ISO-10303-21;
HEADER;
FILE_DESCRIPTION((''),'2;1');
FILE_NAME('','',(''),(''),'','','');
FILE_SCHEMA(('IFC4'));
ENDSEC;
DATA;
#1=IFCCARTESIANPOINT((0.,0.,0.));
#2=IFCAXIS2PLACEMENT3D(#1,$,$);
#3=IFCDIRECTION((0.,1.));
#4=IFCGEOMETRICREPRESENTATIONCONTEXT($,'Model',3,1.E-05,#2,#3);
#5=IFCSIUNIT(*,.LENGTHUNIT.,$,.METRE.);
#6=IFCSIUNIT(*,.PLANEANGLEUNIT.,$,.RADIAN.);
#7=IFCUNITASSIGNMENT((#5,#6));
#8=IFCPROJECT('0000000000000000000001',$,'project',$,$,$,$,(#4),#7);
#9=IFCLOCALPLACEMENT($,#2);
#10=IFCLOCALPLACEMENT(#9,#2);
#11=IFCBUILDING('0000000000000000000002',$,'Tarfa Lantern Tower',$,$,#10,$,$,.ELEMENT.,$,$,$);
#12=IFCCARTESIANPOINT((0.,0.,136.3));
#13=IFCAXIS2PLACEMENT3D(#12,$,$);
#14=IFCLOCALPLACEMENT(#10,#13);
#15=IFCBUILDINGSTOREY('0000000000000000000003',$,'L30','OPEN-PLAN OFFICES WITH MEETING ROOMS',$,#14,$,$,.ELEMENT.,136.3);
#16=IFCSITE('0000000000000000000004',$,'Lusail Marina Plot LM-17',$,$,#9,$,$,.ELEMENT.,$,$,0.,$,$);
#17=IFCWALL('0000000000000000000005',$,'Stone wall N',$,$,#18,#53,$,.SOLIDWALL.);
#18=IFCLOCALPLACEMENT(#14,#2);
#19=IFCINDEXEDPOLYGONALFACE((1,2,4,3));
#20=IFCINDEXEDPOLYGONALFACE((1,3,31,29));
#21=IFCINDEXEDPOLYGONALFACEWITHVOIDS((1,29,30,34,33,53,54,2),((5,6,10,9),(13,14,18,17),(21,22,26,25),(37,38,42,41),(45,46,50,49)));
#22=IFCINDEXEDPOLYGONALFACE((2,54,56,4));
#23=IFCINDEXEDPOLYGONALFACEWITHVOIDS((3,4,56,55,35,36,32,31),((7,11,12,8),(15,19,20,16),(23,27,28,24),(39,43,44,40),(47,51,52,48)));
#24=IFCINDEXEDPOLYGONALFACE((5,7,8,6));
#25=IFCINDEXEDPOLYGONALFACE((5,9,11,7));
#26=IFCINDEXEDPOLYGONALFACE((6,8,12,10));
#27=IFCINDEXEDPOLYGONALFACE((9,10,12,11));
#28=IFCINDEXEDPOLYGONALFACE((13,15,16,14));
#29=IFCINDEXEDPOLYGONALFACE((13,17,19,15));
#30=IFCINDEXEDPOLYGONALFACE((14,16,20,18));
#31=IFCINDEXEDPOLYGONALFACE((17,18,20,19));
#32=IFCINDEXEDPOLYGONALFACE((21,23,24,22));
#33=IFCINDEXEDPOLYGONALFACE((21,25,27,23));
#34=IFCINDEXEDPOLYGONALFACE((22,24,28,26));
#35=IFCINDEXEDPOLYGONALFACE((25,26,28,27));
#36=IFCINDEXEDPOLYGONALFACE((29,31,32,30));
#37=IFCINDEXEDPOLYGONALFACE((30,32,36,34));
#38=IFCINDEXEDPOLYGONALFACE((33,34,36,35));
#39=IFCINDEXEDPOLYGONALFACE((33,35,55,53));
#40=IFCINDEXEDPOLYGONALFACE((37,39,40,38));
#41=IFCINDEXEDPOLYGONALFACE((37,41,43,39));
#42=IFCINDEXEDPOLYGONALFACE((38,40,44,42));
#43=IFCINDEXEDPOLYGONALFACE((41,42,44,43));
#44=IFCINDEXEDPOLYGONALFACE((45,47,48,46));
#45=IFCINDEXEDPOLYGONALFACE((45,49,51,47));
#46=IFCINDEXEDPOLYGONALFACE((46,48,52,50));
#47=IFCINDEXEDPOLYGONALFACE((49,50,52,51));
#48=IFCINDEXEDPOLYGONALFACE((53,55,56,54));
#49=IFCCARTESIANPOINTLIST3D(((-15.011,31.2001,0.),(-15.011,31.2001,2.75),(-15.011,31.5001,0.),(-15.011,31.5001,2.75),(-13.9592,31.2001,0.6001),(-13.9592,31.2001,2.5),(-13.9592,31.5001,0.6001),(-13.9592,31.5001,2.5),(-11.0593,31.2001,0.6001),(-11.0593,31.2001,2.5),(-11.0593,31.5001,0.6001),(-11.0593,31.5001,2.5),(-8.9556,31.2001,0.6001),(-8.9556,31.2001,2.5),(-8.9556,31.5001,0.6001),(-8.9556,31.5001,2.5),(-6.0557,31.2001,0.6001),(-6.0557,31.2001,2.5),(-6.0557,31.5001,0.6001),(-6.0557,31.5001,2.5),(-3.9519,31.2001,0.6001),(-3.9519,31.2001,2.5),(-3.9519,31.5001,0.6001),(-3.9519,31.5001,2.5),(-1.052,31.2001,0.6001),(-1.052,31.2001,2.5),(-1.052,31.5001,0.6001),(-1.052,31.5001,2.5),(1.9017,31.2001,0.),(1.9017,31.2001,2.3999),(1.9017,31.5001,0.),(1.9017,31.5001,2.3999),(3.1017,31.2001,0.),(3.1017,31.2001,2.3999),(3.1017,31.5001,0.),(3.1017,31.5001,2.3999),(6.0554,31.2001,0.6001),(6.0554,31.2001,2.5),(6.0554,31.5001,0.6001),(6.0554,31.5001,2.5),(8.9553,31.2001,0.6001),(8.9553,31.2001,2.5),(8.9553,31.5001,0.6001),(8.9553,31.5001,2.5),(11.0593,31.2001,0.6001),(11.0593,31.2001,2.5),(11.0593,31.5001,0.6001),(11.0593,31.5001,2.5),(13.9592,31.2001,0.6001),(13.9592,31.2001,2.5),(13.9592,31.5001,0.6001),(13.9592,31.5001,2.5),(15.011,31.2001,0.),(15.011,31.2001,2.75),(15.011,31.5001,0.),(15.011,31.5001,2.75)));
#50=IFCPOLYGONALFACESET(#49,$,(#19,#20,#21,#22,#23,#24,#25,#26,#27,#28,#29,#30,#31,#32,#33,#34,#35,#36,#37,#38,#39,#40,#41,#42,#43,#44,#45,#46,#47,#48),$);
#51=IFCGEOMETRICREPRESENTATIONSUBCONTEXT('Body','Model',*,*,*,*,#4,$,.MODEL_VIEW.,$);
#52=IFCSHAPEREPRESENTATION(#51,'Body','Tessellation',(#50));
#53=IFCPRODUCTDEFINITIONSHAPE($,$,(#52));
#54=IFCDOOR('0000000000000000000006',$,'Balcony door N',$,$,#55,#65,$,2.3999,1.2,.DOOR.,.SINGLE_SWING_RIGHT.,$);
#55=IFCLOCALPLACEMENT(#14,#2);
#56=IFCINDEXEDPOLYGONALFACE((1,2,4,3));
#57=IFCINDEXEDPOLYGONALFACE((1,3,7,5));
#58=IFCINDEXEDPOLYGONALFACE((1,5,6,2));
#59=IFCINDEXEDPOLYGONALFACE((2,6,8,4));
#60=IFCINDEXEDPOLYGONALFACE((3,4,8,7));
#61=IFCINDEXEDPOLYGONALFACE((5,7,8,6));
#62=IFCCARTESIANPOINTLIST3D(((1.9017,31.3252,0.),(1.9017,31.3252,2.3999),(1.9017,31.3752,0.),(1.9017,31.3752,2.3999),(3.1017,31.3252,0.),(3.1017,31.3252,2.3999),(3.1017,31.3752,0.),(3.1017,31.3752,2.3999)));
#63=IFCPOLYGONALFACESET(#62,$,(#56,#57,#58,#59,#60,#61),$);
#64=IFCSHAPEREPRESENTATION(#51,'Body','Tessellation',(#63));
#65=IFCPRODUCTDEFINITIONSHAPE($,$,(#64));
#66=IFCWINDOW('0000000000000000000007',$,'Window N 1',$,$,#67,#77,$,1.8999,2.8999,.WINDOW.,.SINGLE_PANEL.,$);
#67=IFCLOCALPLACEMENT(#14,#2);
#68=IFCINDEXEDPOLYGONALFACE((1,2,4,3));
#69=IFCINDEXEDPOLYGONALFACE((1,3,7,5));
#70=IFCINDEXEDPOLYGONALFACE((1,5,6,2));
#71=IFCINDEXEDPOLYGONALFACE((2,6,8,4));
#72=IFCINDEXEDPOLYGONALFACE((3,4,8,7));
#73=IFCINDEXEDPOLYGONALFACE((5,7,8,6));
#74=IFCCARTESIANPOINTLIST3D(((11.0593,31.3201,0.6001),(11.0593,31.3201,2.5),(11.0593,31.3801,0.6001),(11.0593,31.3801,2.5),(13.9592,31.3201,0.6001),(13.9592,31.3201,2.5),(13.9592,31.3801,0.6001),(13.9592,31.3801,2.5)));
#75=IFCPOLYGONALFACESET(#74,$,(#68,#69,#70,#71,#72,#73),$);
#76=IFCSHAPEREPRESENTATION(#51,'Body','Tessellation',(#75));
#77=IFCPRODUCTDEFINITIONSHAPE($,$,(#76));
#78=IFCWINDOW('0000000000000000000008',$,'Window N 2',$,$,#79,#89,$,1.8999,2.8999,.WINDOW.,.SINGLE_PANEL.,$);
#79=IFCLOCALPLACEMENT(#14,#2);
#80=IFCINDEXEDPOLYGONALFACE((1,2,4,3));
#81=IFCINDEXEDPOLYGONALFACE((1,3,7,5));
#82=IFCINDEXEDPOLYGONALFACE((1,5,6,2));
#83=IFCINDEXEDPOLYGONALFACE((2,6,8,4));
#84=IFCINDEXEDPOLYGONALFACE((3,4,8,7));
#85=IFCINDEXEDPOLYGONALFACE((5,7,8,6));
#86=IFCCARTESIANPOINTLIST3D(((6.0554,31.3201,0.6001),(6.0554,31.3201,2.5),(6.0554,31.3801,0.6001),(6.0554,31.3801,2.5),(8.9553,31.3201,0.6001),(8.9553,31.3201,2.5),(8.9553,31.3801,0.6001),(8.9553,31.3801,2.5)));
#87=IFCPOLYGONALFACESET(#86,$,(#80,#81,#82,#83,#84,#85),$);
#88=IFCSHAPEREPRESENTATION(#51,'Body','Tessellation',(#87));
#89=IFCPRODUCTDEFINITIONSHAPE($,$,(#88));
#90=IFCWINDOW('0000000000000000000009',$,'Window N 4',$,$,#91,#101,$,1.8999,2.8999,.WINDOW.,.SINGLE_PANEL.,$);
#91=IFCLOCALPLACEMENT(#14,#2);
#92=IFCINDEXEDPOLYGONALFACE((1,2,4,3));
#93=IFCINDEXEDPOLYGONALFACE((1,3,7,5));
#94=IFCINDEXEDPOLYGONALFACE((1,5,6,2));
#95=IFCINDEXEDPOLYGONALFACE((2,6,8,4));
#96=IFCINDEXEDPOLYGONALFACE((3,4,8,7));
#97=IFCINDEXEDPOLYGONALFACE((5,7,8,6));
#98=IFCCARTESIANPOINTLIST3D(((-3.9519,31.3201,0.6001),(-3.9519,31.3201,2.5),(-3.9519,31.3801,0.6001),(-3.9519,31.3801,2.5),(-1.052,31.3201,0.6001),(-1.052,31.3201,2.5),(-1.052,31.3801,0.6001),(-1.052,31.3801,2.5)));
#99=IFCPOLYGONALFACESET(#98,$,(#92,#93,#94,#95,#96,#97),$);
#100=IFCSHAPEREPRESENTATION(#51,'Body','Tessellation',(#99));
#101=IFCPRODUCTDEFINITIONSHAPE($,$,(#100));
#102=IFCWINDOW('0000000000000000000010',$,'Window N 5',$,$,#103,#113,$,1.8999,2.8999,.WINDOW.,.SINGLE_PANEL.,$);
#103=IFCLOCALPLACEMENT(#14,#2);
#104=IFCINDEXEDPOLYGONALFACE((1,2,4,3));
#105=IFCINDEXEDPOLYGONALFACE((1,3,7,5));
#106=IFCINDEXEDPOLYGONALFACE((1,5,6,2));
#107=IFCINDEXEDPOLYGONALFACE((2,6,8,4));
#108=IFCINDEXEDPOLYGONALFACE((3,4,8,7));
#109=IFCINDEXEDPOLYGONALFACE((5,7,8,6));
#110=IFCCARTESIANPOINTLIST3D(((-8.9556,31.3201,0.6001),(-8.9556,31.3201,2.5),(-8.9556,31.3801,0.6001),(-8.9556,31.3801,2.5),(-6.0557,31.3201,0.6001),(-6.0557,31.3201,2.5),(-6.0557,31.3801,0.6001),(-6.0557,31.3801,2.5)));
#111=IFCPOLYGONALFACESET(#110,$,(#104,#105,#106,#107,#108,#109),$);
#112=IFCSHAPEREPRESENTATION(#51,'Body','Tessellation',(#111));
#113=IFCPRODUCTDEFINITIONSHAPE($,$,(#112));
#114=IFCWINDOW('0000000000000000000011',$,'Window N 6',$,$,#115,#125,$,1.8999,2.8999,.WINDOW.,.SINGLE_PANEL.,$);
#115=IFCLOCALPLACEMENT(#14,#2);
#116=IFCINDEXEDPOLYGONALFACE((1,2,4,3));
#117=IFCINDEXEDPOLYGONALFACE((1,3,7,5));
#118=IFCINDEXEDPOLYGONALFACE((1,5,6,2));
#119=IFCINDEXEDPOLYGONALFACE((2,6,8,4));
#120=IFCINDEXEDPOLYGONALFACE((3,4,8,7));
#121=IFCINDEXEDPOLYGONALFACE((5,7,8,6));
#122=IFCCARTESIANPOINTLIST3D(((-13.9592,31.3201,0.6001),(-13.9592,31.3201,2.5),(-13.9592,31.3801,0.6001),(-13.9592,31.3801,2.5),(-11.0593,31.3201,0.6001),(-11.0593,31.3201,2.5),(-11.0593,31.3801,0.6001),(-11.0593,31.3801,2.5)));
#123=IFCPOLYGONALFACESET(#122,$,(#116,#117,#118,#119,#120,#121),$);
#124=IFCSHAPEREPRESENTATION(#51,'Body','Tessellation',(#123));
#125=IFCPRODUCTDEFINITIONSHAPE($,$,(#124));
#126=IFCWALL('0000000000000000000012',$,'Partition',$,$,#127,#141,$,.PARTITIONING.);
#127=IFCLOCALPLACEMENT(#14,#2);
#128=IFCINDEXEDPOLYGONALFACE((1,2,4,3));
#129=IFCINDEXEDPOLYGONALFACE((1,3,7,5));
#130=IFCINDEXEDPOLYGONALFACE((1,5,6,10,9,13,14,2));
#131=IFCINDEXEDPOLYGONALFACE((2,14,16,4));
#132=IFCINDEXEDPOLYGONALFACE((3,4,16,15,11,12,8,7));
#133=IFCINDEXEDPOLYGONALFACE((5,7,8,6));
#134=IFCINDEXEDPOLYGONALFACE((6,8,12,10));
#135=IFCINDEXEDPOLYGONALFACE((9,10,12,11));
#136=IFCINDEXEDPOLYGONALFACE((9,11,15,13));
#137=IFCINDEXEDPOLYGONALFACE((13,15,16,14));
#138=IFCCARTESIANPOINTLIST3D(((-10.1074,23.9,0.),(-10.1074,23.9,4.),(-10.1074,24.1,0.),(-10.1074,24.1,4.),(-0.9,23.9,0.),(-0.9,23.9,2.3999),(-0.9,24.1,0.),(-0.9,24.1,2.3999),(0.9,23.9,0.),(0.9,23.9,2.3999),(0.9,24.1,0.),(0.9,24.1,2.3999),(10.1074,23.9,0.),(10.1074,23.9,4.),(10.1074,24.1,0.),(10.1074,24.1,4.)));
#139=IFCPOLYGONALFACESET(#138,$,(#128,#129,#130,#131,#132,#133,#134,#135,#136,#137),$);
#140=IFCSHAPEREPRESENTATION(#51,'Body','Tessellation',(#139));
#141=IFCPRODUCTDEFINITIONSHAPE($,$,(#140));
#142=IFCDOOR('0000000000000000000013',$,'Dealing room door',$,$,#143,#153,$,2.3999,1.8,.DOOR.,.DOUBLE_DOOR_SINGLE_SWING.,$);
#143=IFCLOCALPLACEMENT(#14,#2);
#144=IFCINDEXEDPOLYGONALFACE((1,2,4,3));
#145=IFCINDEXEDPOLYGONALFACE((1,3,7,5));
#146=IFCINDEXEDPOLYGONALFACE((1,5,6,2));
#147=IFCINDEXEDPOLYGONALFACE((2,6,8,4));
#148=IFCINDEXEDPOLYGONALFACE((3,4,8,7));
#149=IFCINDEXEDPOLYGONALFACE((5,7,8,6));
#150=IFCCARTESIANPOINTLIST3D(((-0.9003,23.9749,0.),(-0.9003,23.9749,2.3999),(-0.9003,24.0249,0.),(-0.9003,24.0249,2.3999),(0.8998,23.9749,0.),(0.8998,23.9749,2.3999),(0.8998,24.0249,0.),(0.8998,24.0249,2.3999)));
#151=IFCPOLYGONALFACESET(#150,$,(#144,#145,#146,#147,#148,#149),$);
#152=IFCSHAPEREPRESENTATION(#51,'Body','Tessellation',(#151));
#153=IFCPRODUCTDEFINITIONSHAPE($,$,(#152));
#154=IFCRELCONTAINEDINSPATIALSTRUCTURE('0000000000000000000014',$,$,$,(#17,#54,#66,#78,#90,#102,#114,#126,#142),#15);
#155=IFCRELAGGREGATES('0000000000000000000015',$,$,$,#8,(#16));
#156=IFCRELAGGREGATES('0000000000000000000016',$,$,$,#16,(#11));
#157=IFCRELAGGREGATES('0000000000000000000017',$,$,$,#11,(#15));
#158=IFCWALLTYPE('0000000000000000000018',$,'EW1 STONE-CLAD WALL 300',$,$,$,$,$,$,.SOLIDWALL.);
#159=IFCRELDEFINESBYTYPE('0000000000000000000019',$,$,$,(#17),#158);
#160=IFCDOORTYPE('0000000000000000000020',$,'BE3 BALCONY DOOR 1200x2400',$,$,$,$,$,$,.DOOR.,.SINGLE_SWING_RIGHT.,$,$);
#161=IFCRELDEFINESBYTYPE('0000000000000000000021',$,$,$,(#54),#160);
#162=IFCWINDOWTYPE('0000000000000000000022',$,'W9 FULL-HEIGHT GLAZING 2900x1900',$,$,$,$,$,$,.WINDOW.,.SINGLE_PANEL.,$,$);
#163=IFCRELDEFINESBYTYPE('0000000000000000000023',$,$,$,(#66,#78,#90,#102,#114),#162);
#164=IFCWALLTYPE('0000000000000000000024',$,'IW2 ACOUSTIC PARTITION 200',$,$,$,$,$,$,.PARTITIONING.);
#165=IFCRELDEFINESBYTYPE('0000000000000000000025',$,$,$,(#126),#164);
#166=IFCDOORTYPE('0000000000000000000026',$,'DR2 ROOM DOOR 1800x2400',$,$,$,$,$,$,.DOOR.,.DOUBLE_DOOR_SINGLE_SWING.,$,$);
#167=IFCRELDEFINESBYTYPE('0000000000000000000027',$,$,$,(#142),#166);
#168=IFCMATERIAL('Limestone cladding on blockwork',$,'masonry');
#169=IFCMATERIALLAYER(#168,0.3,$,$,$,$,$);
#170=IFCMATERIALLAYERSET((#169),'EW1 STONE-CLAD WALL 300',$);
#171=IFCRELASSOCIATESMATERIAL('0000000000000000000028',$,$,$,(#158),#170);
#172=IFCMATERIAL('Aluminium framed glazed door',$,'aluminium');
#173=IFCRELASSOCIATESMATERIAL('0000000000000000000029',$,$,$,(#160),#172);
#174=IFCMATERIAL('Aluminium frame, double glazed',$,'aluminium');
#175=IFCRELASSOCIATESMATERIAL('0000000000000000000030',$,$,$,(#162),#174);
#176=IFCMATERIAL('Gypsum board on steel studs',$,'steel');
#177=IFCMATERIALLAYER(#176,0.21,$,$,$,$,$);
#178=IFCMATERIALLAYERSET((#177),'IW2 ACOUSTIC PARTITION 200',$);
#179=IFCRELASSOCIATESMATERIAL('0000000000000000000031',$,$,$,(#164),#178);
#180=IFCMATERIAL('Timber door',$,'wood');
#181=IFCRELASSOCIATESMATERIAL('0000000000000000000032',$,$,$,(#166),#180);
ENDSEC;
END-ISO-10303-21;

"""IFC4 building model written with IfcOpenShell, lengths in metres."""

from ifc_helpers import new_model, si_unit, direction, frame, frame_2d, origin, place, context, subcontext, project, spatial, rectangle, extrude, material, layer, layer_set, type_object, element, fill, save


model = new_model("IFC4")

# Units and contexts
model_context = context("Model", 3, precision=1e-05, world=origin(), true_north=direction((0.0, 1.0)))
body_context = subcontext(model_context, "Body", "Model", "MODEL_VIEW")
ifc_project = project(units=[si_unit("LENGTHUNIT", "METRE"), si_unit("PLANEANGLEUNIT", "RADIAN")], contexts=[model_context])

# Site, building, storey
site_placement = place(None, origin())
site = spatial("IfcSite", under=ifc_project, at=site_placement, Name="Lusail Marina Plot LM-17", CompositionType="ELEMENT", RefElevation=0.0)
building_placement = place(site_placement, origin())
building = spatial("IfcBuilding", under=site, at=building_placement, Name="Tarfa Lantern Tower", CompositionType="ELEMENT")
storey_placement = place(building_placement, frame((0.0, 0.0, 136.3)))
storey = spatial("IfcBuildingStorey", under=building, at=storey_placement, Name="L30", Description="OPEN-PLAN OFFICES WITH MEETING ROOMS", CompositionType="ELEMENT", Elevation=136.3)

# Wall, openings, door, windows
ifc_material_1 = material(Name="Limestone cladding on blockwork", Category="masonry")
ifc_layer_1 = layer(ifc_material_1, 0.3)
ifc_layer_set_1 = layer_set([ifc_layer_1], Name="EW1 STONE-CLAD WALL 300")
wall_type_1 = type_object("IfcWallType", Name="EW1 STONE-CLAD WALL 300", PredefinedType="SOLIDWALL", material=ifc_layer_set_1)
wall_1_placement = place(storey_placement, frame((15.011, 31.3501, 0.0), z_axis=(0.0, 0.0, 1.0), x_axis=(-1.0, 0.0, 0.0)))
wall_1 = element("IfcWall", 1, at=wall_1_placement, inside=storey, type_object=wall_type_1, Name="Stone wall N", PredefinedType="SOLIDWALL", context=body_context, shape_type="SweptSolid", body=[
    extrude(rectangle(XDim=30.022, YDim=0.3, at=frame_2d((15.011, 0.0))), origin(), (0.0, 0.0, 1.0), 2.75),
])
opening_1_placement = place(wall_1_placement, frame((1.0518, 0.0, 0.6001)))
opening_1 = element("IfcOpeningElement", 2, at=opening_1_placement, cuts=wall_1, PredefinedType="OPENING", context=body_context, shape_type="SweptSolid", body=[
    extrude(rectangle(XDim=2.8999, YDim=1.8999, at=frame_2d((1.45, 0.95))), frame((0.0, 0.1599, 0.0), z_axis=(0.0, -1.0, 0.0), x_axis=(1.0, 0.0, 0.0)), (0.0, 0.0, 1.0), 0.3201),
])
opening_2_placement = place(wall_1_placement, frame((6.0557, 0.0, 0.6001)))
opening_2 = element("IfcOpeningElement", 3, at=opening_2_placement, cuts=wall_1, PredefinedType="OPENING", context=body_context, shape_type="SweptSolid", body=[
    extrude(rectangle(XDim=2.8999, YDim=1.8999, at=frame_2d((1.45, 0.95))), frame((0.0, 0.1599, 0.0), z_axis=(0.0, -1.0, 0.0), x_axis=(1.0, 0.0, 0.0)), (0.0, 0.0, 1.0), 0.3201),
])
opening_3_placement = place(wall_1_placement, frame((11.9092, 0.0, 0.0)))
opening_3 = element("IfcOpeningElement", 4, at=opening_3_placement, cuts=wall_1, PredefinedType="OPENING", context=body_context, shape_type="SweptSolid", body=[
    extrude(rectangle(XDim=1.2, YDim=2.3999, at=frame_2d((0.6001, 1.2))), frame((0.0, 0.1599, 0.0), z_axis=(0.0, -1.0, 0.0), x_axis=(1.0, 0.0, 0.0)), (0.0, 0.0, 1.0), 0.3201),
])
opening_4_placement = place(wall_1_placement, frame((16.063, 0.0, 0.6001)))
opening_4 = element("IfcOpeningElement", 5, at=opening_4_placement, cuts=wall_1, PredefinedType="OPENING", context=body_context, shape_type="SweptSolid", body=[
    extrude(rectangle(XDim=2.8999, YDim=1.8999, at=frame_2d((1.45, 0.95))), frame((0.0, 0.1599, 0.0), z_axis=(0.0, -1.0, 0.0), x_axis=(1.0, 0.0, 0.0)), (0.0, 0.0, 1.0), 0.3201),
])
opening_5_placement = place(wall_1_placement, frame((21.0667, 0.0, 0.6001)))
opening_5 = element("IfcOpeningElement", 6, at=opening_5_placement, cuts=wall_1, PredefinedType="OPENING", context=body_context, shape_type="SweptSolid", body=[
    extrude(rectangle(XDim=2.8999, YDim=1.8999, at=frame_2d((1.45, 0.95))), frame((0.0, 0.1599, 0.0), z_axis=(0.0, -1.0, 0.0), x_axis=(1.0, 0.0, 0.0)), (0.0, 0.0, 1.0), 0.3201),
])
opening_6_placement = place(wall_1_placement, frame((26.0703, 0.0, 0.6001)))
opening_6 = element("IfcOpeningElement", 7, at=opening_6_placement, cuts=wall_1, PredefinedType="OPENING", context=body_context, shape_type="SweptSolid", body=[
    extrude(rectangle(XDim=2.8999, YDim=1.8999, at=frame_2d((1.45, 0.95))), frame((0.0, 0.1599, 0.0), z_axis=(0.0, -1.0, 0.0), x_axis=(1.0, 0.0, 0.0)), (0.0, 0.0, 1.0), 0.3201),
])
ifc_material_2 = material(Name="Aluminium framed glazed door", Category="aluminium")
door_type_1 = type_object("IfcDoorType", Name="BE3 BALCONY DOOR 1200x2400", OperationType="SINGLE_SWING_RIGHT", PredefinedType="DOOR", material=ifc_material_2)
door_1_placement = place(opening_3_placement, origin())
door_1 = element("IfcDoor", 8, at=door_1_placement, inside=storey, type_object=door_type_1, Name="Balcony door N", OperationType="SINGLE_SWING_RIGHT", OverallHeight=2.3999, OverallWidth=1.2, PredefinedType="DOOR", context=body_context, shape_type="SweptSolid", body=[
    extrude(rectangle(XDim=1.2, YDim=2.3999, at=frame_2d((0.6001, 1.2))), frame((0.0, 0.0249, 0.0), z_axis=(0.0, -1.0, 0.0), x_axis=(1.0, 0.0, 0.0)), (0.0, 0.0, 1.0), 0.05),
])
fill(opening_3, door_1)
ifc_material_3 = material(Name="Aluminium frame, double glazed", Category="aluminium")
window_type = type_object("IfcWindowType", Name="W9 FULL-HEIGHT GLAZING 2900x1900", PartitioningType="SINGLE_PANEL", PredefinedType="WINDOW", material=ifc_material_3)
window_1_placement = place(opening_1_placement, origin())
window_1 = element("IfcWindow", 9, at=window_1_placement, inside=storey, type_object=window_type, Name="Window N 1", OverallHeight=1.8999, OverallWidth=2.8999, PartitioningType="SINGLE_PANEL", PredefinedType="WINDOW", context=body_context, shape_type="SweptSolid", body=[
    extrude(rectangle(XDim=2.8999, YDim=1.8999, at=frame_2d((1.45, 0.95))), frame((0.0, 0.03, 0.0), z_axis=(0.0, -1.0, 0.0), x_axis=(1.0, 0.0, 0.0)), (0.0, 0.0, 1.0), 0.0601),
])
fill(opening_1, window_1)
window_2_placement = place(opening_2_placement, origin())
window_2 = element("IfcWindow", 10, at=window_2_placement, inside=storey, type_object=window_type, Name="Window N 2", OverallHeight=1.8999, OverallWidth=2.8999, PartitioningType="SINGLE_PANEL", PredefinedType="WINDOW", context=body_context, shape_type="SweptSolid", body=[
    extrude(rectangle(XDim=2.8999, YDim=1.8999, at=frame_2d((1.45, 0.95))), frame((0.0, 0.03, 0.0), z_axis=(0.0, -1.0, 0.0), x_axis=(1.0, 0.0, 0.0)), (0.0, 0.0, 1.0), 0.0601),
])
fill(opening_2, window_2)
window_3_placement = place(opening_4_placement, origin())
window_3 = element("IfcWindow", 11, at=window_3_placement, inside=storey, type_object=window_type, Name="Window N 4", OverallHeight=1.8999, OverallWidth=2.8999, PartitioningType="SINGLE_PANEL", PredefinedType="WINDOW", context=body_context, shape_type="SweptSolid", body=[
    extrude(rectangle(XDim=2.8999, YDim=1.8999, at=frame_2d((1.45, 0.95))), frame((0.0, 0.03, 0.0), z_axis=(0.0, -1.0, 0.0), x_axis=(1.0, 0.0, 0.0)), (0.0, 0.0, 1.0), 0.0601),
])
fill(opening_4, window_3)
window_4_placement = place(opening_5_placement, origin())
window_4 = element("IfcWindow", 12, at=window_4_placement, inside=storey, type_object=window_type, Name="Window N 5", OverallHeight=1.8999, OverallWidth=2.8999, PartitioningType="SINGLE_PANEL", PredefinedType="WINDOW", context=body_context, shape_type="SweptSolid", body=[
    extrude(rectangle(XDim=2.8999, YDim=1.8999, at=frame_2d((1.45, 0.95))), frame((0.0, 0.03, 0.0), z_axis=(0.0, -1.0, 0.0), x_axis=(1.0, 0.0, 0.0)), (0.0, 0.0, 1.0), 0.0601),
])
fill(opening_5, window_4)
window_5_placement = place(opening_6_placement, origin())
window_5 = element("IfcWindow", 13, at=window_5_placement, inside=storey, type_object=window_type, Name="Window N 6", OverallHeight=1.8999, OverallWidth=2.8999, PartitioningType="SINGLE_PANEL", PredefinedType="WINDOW", context=body_context, shape_type="SweptSolid", body=[
    extrude(rectangle(XDim=2.8999, YDim=1.8999, at=frame_2d((1.45, 0.95))), frame((0.0, 0.03, 0.0), z_axis=(0.0, -1.0, 0.0), x_axis=(1.0, 0.0, 0.0)), (0.0, 0.0, 1.0), 0.0601),
])
fill(opening_6, window_5)

# Wall, opening, door
ifc_material_4 = material(Name="Gypsum board on steel studs", Category="steel")
ifc_layer_2 = layer(ifc_material_4, 0.21)
ifc_layer_set_2 = layer_set([ifc_layer_2], Name="IW2 ACOUSTIC PARTITION 200")
wall_type_2 = type_object("IfcWallType", Name="IW2 ACOUSTIC PARTITION 200", PredefinedType="PARTITIONING", material=ifc_layer_set_2)
wall_2_placement = place(storey_placement, frame((10.1074, 24.0, 0.0), z_axis=(0.0, 0.0, 1.0), x_axis=(-1.0, 0.0, 0.0)))
wall_2 = element("IfcWall", 14, at=wall_2_placement, inside=storey, type_object=wall_type_2, Name="Partition", PredefinedType="PARTITIONING", context=body_context, shape_type="SweptSolid", body=[
    extrude(rectangle(XDim=20.2148, YDim=0.2, at=frame_2d((10.1074, 0.0))), origin(), (0.0, 0.0, 1.0), 4.0),
])
opening_7_placement = place(wall_2_placement, frame((9.2075, 0.0, 0.0)))
opening_7 = element("IfcOpeningElement", 15, at=opening_7_placement, cuts=wall_2, PredefinedType="OPENING", context=body_context, shape_type="SweptSolid", body=[
    extrude(rectangle(XDim=1.8, YDim=2.3999, at=frame_2d((0.8999, 1.2))), frame((0.0, 0.1099, 0.0), z_axis=(0.0, -1.0, 0.0), x_axis=(1.0, 0.0, 0.0)), (0.0, 0.0, 1.0), 0.22),
])
ifc_material_5 = material(Name="Timber door", Category="wood")
door_type_2 = type_object("IfcDoorType", Name="DR2 ROOM DOOR 1800x2400", OperationType="DOUBLE_DOOR_SINGLE_SWING", PredefinedType="DOOR", material=ifc_material_5)
door_2_placement = place(opening_7_placement, frame((1.8, 0.0, 0.0), z_axis=(0.0, 0.0, 1.0), x_axis=(-1.0, 0.0, 0.0)))
door_2 = element("IfcDoor", 16, at=door_2_placement, inside=storey, type_object=door_type_2, Name="Dealing room door", OperationType="DOUBLE_DOOR_SINGLE_SWING", OverallHeight=2.3999, OverallWidth=1.8, PredefinedType="DOOR", context=body_context, shape_type="SweptSolid", body=[
    extrude(rectangle(XDim=1.8, YDim=2.3999, at=frame_2d((0.8999, 1.2))), frame((0.0, 0.0249, 0.0), z_axis=(0.0, -1.0, 0.0), x_axis=(1.0, 0.0, 0.0)), (0.0, 0.0, 1.0), 0.05),
])
fill(opening_7, door_2)

save(model, "model.ifc")
